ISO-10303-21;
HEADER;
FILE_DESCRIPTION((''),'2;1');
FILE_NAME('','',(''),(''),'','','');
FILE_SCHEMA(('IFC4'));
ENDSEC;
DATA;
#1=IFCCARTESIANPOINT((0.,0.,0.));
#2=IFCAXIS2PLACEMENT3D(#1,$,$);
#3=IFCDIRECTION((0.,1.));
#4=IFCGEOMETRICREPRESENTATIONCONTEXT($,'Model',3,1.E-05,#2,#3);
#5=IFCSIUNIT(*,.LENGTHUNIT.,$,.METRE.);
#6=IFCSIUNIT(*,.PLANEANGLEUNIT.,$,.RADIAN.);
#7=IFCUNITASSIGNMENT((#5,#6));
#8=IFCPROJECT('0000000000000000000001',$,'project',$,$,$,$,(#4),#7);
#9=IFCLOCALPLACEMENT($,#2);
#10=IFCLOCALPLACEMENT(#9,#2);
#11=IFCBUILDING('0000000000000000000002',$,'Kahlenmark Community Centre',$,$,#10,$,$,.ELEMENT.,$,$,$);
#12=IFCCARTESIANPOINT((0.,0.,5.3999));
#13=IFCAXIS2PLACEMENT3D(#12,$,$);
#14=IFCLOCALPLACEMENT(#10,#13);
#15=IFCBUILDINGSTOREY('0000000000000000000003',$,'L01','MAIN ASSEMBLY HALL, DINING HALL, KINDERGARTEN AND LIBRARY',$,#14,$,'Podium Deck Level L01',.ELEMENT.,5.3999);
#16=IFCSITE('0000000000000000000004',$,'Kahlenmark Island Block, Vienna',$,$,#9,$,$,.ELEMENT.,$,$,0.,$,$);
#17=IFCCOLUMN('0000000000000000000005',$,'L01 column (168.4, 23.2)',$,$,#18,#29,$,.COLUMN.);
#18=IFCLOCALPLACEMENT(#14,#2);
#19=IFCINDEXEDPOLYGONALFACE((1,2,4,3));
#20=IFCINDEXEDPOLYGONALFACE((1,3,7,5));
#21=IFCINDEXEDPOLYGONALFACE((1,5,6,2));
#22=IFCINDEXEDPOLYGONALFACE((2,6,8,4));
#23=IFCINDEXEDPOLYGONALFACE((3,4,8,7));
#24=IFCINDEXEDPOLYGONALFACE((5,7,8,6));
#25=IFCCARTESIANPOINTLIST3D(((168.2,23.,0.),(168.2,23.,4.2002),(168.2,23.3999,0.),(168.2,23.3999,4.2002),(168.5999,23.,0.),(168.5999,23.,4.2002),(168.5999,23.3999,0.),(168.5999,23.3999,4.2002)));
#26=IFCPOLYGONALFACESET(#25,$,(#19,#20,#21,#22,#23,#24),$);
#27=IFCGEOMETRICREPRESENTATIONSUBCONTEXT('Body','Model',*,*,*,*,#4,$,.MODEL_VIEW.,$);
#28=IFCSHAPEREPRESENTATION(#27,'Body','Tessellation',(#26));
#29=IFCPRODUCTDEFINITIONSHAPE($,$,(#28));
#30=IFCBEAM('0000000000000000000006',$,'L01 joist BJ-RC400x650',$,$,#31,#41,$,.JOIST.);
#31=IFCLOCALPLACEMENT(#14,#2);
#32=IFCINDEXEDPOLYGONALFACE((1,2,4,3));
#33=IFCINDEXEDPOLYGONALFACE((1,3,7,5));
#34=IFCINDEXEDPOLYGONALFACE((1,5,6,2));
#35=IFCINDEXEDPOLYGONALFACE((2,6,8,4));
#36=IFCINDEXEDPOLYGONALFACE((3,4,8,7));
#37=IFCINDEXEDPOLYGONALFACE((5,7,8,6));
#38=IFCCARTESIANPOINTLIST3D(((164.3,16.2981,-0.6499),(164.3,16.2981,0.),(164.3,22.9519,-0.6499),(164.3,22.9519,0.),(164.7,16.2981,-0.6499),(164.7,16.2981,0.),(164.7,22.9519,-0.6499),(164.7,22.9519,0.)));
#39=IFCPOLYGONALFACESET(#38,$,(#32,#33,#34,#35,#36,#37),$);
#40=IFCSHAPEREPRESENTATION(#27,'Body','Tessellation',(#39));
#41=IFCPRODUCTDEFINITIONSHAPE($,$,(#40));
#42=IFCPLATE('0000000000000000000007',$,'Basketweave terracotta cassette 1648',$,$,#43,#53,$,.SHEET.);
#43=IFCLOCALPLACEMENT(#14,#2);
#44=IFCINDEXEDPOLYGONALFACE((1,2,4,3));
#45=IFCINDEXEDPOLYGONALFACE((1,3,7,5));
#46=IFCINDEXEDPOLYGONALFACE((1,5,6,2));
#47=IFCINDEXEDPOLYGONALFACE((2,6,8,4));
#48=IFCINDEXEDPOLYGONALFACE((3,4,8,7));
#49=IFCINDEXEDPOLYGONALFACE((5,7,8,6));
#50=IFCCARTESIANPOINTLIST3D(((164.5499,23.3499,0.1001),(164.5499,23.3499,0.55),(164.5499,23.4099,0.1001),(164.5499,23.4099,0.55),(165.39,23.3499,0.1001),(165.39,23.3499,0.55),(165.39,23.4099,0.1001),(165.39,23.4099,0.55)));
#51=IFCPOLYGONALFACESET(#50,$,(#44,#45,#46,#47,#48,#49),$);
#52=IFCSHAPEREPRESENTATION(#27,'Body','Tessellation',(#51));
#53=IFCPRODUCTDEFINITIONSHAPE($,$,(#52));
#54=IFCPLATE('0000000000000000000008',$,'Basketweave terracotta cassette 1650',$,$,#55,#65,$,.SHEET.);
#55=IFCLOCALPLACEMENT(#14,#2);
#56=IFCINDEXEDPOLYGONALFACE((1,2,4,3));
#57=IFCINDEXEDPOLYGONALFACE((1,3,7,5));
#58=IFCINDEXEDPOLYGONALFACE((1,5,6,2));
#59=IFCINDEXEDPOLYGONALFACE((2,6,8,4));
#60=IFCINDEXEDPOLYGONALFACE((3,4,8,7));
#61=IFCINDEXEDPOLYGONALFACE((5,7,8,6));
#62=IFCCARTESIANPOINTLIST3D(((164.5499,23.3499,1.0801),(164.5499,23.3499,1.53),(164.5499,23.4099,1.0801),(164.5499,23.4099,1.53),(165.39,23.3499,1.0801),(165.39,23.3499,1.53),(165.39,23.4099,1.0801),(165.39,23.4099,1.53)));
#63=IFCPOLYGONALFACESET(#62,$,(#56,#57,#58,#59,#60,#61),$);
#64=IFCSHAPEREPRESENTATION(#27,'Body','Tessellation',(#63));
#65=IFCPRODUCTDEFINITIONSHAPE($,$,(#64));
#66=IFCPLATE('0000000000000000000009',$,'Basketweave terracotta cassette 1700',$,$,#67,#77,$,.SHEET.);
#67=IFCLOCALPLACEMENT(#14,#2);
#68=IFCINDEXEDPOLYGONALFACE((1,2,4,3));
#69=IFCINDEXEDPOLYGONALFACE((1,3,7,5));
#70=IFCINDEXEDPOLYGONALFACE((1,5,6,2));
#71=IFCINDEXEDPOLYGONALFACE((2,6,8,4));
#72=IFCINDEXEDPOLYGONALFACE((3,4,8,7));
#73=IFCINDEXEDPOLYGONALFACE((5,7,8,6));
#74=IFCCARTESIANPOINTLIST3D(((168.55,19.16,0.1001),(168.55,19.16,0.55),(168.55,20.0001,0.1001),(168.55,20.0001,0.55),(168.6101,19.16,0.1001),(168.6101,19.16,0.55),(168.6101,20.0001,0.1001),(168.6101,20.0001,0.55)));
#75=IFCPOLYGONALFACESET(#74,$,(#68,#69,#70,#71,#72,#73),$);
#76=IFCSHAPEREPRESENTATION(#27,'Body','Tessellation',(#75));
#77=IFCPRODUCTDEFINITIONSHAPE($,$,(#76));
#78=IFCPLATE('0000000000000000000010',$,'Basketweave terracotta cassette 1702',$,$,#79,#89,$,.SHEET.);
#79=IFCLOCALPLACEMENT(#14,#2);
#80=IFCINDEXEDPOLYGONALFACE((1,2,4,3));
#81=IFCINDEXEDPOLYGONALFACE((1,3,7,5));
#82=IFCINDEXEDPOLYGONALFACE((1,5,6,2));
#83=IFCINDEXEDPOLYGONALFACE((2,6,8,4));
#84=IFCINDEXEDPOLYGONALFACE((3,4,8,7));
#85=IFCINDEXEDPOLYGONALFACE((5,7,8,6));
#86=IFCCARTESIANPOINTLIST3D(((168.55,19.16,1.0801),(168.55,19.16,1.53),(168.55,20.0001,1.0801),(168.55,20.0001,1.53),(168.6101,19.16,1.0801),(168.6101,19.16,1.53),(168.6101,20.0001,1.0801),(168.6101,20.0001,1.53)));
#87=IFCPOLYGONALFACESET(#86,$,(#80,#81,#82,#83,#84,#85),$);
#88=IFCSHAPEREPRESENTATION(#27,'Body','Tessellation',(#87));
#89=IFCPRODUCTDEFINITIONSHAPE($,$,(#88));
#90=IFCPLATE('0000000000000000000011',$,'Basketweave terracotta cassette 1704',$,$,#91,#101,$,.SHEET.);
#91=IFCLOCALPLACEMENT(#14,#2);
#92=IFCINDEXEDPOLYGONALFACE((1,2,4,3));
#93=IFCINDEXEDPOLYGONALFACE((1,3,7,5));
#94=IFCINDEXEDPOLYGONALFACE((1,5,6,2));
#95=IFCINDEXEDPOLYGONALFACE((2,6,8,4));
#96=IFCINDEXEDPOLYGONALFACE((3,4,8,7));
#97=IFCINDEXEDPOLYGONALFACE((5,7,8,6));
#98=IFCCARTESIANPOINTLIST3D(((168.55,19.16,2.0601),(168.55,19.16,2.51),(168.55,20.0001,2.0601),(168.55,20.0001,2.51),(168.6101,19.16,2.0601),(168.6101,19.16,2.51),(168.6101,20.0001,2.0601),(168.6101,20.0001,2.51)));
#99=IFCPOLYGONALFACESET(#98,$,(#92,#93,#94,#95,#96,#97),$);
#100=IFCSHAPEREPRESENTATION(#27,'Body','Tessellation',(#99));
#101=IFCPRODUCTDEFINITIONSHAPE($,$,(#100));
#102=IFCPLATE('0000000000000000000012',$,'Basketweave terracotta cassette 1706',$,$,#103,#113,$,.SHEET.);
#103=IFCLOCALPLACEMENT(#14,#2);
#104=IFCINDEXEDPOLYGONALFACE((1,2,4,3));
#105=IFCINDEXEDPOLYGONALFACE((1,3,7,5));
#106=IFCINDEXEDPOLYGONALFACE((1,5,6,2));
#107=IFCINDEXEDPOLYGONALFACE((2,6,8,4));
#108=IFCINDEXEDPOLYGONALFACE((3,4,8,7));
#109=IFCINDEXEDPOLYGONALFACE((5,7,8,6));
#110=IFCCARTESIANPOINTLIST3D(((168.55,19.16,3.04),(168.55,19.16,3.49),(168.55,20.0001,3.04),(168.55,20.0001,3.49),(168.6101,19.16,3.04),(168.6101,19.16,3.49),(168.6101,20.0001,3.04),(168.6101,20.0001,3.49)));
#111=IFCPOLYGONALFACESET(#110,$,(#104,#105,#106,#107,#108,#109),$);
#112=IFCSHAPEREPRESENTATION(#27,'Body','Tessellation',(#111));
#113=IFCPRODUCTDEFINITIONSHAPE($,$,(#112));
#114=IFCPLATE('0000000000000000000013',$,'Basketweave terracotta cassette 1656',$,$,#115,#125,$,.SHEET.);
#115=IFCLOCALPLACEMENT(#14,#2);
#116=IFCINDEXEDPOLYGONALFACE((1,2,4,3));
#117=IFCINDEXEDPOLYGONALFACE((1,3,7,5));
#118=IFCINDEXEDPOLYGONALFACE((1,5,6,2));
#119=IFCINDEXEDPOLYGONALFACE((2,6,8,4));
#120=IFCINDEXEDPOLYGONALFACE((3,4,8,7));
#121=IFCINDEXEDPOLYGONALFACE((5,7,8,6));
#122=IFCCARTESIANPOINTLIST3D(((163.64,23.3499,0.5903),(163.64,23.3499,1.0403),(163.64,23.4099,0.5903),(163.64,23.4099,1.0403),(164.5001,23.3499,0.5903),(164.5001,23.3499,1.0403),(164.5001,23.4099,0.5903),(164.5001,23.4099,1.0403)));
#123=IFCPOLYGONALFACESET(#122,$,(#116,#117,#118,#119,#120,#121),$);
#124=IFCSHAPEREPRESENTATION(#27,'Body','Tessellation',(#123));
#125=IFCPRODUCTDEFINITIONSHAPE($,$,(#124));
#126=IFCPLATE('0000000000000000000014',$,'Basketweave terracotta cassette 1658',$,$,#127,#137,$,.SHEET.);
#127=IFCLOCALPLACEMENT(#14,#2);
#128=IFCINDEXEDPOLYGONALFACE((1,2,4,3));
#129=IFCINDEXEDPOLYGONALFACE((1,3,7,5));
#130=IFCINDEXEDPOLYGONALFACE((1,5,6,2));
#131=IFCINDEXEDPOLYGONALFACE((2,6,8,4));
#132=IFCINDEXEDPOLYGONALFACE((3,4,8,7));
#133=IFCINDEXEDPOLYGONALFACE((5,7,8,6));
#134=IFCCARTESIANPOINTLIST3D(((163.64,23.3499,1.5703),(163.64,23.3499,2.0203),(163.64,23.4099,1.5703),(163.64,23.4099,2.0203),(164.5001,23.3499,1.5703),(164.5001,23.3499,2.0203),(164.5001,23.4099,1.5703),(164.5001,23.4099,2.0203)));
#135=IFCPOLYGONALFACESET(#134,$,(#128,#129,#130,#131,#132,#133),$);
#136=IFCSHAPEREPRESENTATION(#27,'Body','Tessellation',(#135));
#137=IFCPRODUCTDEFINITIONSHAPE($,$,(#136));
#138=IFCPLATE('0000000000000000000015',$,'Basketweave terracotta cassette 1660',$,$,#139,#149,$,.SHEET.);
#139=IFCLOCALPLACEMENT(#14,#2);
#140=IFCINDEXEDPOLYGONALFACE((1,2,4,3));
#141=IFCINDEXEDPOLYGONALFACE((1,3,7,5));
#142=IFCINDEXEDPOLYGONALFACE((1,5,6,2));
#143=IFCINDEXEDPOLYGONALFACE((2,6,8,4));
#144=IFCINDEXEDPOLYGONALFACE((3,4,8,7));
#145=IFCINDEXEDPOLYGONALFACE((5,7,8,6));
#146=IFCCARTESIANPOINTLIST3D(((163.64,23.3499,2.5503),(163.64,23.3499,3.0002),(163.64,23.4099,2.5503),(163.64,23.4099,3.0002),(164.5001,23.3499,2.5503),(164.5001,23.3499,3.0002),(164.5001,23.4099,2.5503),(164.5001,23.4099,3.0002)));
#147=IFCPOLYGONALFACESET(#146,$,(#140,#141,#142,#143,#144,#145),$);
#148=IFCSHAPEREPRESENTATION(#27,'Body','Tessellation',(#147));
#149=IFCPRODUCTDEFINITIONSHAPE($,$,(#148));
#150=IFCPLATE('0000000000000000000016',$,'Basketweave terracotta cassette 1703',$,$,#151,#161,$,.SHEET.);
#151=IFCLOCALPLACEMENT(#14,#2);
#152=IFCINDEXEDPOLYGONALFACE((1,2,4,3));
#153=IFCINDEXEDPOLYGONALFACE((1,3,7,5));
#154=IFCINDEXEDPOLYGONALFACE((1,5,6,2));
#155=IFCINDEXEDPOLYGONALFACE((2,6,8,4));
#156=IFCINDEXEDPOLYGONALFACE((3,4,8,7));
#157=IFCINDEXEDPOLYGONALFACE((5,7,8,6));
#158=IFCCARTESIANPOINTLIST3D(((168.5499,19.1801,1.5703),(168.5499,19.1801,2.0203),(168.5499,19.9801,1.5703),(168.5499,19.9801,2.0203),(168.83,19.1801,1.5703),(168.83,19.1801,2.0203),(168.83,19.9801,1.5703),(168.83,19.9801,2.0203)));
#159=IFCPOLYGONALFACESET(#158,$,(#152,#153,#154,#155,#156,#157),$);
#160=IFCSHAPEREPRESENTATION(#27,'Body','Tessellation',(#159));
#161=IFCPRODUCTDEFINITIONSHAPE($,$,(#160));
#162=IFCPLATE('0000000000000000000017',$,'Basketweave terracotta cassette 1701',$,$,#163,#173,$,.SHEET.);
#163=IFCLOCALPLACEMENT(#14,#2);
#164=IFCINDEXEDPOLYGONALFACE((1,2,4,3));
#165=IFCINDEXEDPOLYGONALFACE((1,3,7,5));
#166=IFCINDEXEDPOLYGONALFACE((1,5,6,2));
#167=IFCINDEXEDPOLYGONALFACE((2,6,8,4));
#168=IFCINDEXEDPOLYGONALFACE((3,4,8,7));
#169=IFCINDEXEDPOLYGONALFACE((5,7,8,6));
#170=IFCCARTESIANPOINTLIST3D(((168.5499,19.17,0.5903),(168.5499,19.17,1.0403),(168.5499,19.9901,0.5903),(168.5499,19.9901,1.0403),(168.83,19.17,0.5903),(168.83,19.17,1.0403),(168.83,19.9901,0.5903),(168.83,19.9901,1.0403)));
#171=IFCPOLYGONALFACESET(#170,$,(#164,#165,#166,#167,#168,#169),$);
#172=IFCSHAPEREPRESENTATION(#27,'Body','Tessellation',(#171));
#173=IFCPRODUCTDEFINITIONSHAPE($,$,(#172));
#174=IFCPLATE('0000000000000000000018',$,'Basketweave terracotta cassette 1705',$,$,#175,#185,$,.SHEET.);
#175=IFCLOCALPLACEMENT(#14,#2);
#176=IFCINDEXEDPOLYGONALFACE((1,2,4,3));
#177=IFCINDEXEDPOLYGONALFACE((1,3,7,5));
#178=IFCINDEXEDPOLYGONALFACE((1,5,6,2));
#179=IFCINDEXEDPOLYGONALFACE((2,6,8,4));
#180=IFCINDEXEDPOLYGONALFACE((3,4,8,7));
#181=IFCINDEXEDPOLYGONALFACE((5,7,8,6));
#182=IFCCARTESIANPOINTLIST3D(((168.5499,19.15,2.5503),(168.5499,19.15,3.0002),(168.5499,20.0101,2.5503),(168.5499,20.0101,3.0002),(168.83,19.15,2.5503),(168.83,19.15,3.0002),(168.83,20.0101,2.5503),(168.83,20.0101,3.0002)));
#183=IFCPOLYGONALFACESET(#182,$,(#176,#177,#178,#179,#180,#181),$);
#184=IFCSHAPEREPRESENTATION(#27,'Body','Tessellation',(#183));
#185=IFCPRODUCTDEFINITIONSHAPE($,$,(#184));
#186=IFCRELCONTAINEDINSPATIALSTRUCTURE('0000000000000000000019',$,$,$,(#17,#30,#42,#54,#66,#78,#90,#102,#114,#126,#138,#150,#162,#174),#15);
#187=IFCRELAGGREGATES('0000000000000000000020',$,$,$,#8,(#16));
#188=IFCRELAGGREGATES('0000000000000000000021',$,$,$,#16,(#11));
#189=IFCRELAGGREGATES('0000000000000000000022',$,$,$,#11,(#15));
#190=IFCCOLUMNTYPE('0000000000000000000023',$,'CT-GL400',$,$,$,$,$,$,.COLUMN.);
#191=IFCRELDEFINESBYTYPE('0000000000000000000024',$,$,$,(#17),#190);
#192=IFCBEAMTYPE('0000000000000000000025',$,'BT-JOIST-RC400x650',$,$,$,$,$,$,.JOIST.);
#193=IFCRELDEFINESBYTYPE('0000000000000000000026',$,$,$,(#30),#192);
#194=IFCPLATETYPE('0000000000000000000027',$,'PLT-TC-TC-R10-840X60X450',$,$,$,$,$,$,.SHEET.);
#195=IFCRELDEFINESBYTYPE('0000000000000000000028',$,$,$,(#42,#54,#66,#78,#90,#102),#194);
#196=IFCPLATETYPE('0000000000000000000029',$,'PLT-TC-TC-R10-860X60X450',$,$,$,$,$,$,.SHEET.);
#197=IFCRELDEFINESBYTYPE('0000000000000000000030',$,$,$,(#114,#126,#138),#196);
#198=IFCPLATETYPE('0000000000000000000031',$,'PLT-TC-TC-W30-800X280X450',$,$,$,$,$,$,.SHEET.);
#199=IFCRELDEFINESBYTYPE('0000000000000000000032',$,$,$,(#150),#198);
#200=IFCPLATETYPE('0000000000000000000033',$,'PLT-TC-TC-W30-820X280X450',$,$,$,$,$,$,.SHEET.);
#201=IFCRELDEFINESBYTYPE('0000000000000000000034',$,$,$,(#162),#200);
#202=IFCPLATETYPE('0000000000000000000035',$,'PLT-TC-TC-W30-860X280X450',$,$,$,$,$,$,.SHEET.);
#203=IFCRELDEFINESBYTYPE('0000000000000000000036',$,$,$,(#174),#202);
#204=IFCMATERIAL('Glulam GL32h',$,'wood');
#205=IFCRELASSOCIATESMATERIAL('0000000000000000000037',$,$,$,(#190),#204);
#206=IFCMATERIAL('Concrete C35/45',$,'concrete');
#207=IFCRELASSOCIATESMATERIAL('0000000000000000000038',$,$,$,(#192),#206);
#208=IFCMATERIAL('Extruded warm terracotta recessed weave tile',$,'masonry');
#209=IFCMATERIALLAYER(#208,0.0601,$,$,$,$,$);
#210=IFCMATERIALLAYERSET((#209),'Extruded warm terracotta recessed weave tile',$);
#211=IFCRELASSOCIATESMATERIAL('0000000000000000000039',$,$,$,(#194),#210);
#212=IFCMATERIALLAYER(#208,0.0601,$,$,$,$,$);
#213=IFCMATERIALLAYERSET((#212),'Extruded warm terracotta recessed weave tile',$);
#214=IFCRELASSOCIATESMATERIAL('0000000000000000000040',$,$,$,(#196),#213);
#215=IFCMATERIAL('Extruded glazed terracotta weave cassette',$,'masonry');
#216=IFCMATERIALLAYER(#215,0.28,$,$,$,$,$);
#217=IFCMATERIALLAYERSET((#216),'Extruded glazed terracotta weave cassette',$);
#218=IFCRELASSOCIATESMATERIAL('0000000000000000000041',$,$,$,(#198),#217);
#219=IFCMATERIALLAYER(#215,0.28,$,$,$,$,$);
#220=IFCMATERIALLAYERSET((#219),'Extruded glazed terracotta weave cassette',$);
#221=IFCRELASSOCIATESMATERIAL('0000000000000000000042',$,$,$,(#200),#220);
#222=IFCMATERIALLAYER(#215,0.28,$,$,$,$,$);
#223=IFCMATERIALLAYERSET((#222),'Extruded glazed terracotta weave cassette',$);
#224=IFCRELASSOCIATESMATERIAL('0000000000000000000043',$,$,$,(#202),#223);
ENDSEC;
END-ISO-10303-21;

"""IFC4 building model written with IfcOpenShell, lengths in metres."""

from ifc_helpers import new_model, si_unit, direction, frame, origin, origin_2d, place, context, subcontext, project, spatial, rectangle, extrude, material, layer, layer_set, material_profile, profile_set, type_object, element, save


model = new_model("IFC4")

# Units and contexts
model_context = context("Model", 3, precision=1e-05, world=origin(), true_north=direction((0.0, 1.0)))
body_context = subcontext(model_context, "Body", "Model", "MODEL_VIEW")
ifc_project = project(units=[si_unit("LENGTHUNIT", "METRE"), si_unit("PLANEANGLEUNIT", "RADIAN")], contexts=[model_context])

# Site, building, storey
site_placement = place(None, origin())
site = spatial("IfcSite", under=ifc_project, at=site_placement, Name="Kahlenmark Island Block, Vienna", CompositionType="ELEMENT", RefElevation=0.0)
building_placement = place(site_placement, origin())
building = spatial("IfcBuilding", under=site, at=building_placement, Name="Kahlenmark Community Centre", CompositionType="ELEMENT")
storey_placement = place(building_placement, frame((0.0, 0.0, 5.3999)))
storey = spatial("IfcBuildingStorey", under=building, at=storey_placement, Name="L01", Description="MAIN ASSEMBLY HALL, DINING HALL, KINDERGARTEN AND LIBRARY", LongName="Podium Deck Level L01", CompositionType="ELEMENT", Elevation=5.3999)

# Column
ifc_material_1 = material(Name="Glulam GL32h", Category="wood")
ifc_material_profile_1 = material_profile(ifc_material_1, rectangle(XDim=0.3999, YDim=0.3999, at=origin_2d()), Name="GL32h 400x400")
ifc_profile_set_1 = profile_set([ifc_material_profile_1], Name="Glulam GL32h")
column_type = type_object("IfcColumnType", Name="CT-GL400", PredefinedType="COLUMN", material=ifc_profile_set_1)
column_placement = place(storey_placement, frame((168.3999, 23.2, 0.0), z_axis=(0.0, 0.0, 1.0), x_axis=(1.0, 0.0, 0.0)))
element("IfcColumn", 1, at=column_placement, inside=storey, type_object=column_type, Name="L01 column (168.4, 23.2)", PredefinedType="COLUMN", context=body_context, shape_type="SweptSolid", body=[
    extrude(rectangle(XDim=0.3999, YDim=0.3999, at=origin_2d()), origin(), (0.0, 0.0, 1.0), 4.2002),
])

# Beam
ifc_material_2 = material(Name="Concrete C35/45", Category="concrete")
ifc_material_profile_2 = material_profile(ifc_material_2, rectangle(XDim=0.3999, YDim=0.6499, at=origin_2d()), Name="RC 400x650")
ifc_profile_set_2 = profile_set([ifc_material_profile_2], Name="Concrete C35/45")
beam_type = type_object("IfcBeamType", Name="BT-JOIST-RC400x650", PredefinedType="JOIST", material=ifc_profile_set_2)
beam_placement = place(storey_placement, frame((164.5, 16.2981, -0.325), z_axis=(0.0, 1.0, 0.0), x_axis=(-1.0, 0.0, 0.0)))
element("IfcBeam", 2, at=beam_placement, inside=storey, type_object=beam_type, Name="L01 joist BJ-RC400x650", PredefinedType="JOIST", context=body_context, shape_type="SweptSolid", body=[
    extrude(rectangle(XDim=0.3999, YDim=0.6499, at=origin_2d()), origin(), (0.0, 0.0, 1.0), 6.6538),
])

# Plates
ifc_material_3 = material(Name="Extruded warm terracotta recessed weave tile", Category="masonry")
ifc_layer_1 = layer(ifc_material_3, 0.0601)
ifc_layer_set_1 = layer_set([ifc_layer_1], Name="Extruded warm terracotta recessed weave tile")
plate_type_1 = type_object("IfcPlateType", Name="PLT-TC-TC-R10-840X60X450", PredefinedType="SHEET", material=ifc_layer_set_1)
for number, where, z_axis, x_axis, name in (
    (3, (164.97, 23.3799, 0.1001), (0.0, 0.0, 1.0), (-1.0, 0.0, 0.0), "Basketweave terracotta cassette 1648"),
    (4, (164.97, 23.3799, 1.0801), (0.0, 0.0, 1.0), (-1.0, 0.0, 0.0), "Basketweave terracotta cassette 1650"),
    (5, (168.5801, 19.5801, 0.1001), (0.0, 0.0, 1.0), (0.0, 1.0, 0.0), "Basketweave terracotta cassette 1700"),
    (6, (168.5801, 19.5801, 1.0801), (0.0, 0.0, 1.0), (0.0, 1.0, 0.0), "Basketweave terracotta cassette 1702"),
    (7, (168.5801, 19.5801, 2.0601), (0.0, 0.0, 1.0), (0.0, 1.0, 0.0), "Basketweave terracotta cassette 1704"),
    (8, (168.5801, 19.5801, 3.04), (0.0, 0.0, 1.0), (0.0, 1.0, 0.0), "Basketweave terracotta cassette 1706"),
):
    element("IfcPlate", number, at=place(storey_placement, frame(where, z_axis=z_axis, x_axis=x_axis)), inside=storey, type_object=plate_type_1, Name=name, PredefinedType="SHEET", context=body_context, shape_type="SweptSolid", body=[
        extrude(rectangle(XDim=0.8401, YDim=0.0601, at=origin_2d()), origin(), (0.0, 0.0, 1.0), 0.45),
    ])
ifc_layer_2 = layer(ifc_material_3, 0.0601)
ifc_layer_set_2 = layer_set([ifc_layer_2], Name="Extruded warm terracotta recessed weave tile")
plate_type_2 = type_object("IfcPlateType", Name="PLT-TC-TC-R10-860X60X450", PredefinedType="SHEET", material=ifc_layer_set_2)
for number, where, z_axis, x_axis, name in (
    (9, (164.0701, 23.3799, 0.5903), (0.0, 0.0, 1.0), (-1.0, 0.0, 0.0), "Basketweave terracotta cassette 1656"),
    (10, (164.0701, 23.3799, 1.5703), (0.0, 0.0, 1.0), (-1.0, 0.0, 0.0), "Basketweave terracotta cassette 1658"),
    (11, (164.0701, 23.3799, 2.5503), (0.0, 0.0, 1.0), (-1.0, 0.0, 0.0), "Basketweave terracotta cassette 1660"),
):
    element("IfcPlate", number, at=place(storey_placement, frame(where, z_axis=z_axis, x_axis=x_axis)), inside=storey, type_object=plate_type_2, Name=name, PredefinedType="SHEET", context=body_context, shape_type="SweptSolid", body=[
        extrude(rectangle(XDim=0.8601, YDim=0.0601, at=origin_2d()), origin(), (0.0, 0.0, 1.0), 0.45),
    ])
ifc_material_4 = material(Name="Extruded glazed terracotta weave cassette", Category="masonry")
ifc_layer_3 = layer(ifc_material_4, 0.28)
ifc_layer_set_3 = layer_set([ifc_layer_3], Name="Extruded glazed terracotta weave cassette")
plate_type_3 = type_object("IfcPlateType", Name="PLT-TC-TC-W30-800X280X450", PredefinedType="SHEET", material=ifc_layer_set_3)
plate_1_placement = place(storey_placement, frame((168.6899, 19.5801, 1.5703), z_axis=(0.0, 0.0, 1.0), x_axis=(0.0, 1.0, 0.0)))
element("IfcPlate", 12, at=plate_1_placement, inside=storey, type_object=plate_type_3, Name="Basketweave terracotta cassette 1703", PredefinedType="SHEET", context=body_context, shape_type="SweptSolid", body=[
    extrude(rectangle(XDim=0.8, YDim=0.28, at=origin_2d()), origin(), (0.0, 0.0, 1.0), 0.45),
])
ifc_layer_4 = layer(ifc_material_4, 0.28)
ifc_layer_set_4 = layer_set([ifc_layer_4], Name="Extruded glazed terracotta weave cassette")
plate_type_4 = type_object("IfcPlateType", Name="PLT-TC-TC-W30-820X280X450", PredefinedType="SHEET", material=ifc_layer_set_4)
plate_2_placement = place(storey_placement, frame((168.6899, 19.5801, 0.5903), z_axis=(0.0, 0.0, 1.0), x_axis=(0.0, 1.0, 0.0)))
element("IfcPlate", 13, at=plate_2_placement, inside=storey, type_object=plate_type_4, Name="Basketweave terracotta cassette 1701", PredefinedType="SHEET", context=body_context, shape_type="SweptSolid", body=[
    extrude(rectangle(XDim=0.8201, YDim=0.28, at=origin_2d()), origin(), (0.0, 0.0, 1.0), 0.45),
])
ifc_layer_5 = layer(ifc_material_4, 0.28)
ifc_layer_set_5 = layer_set([ifc_layer_5], Name="Extruded glazed terracotta weave cassette")
plate_type_5 = type_object("IfcPlateType", Name="PLT-TC-TC-W30-860X280X450", PredefinedType="SHEET", material=ifc_layer_set_5)
plate_3_placement = place(storey_placement, frame((168.6899, 19.5801, 2.5503), z_axis=(0.0, 0.0, 1.0), x_axis=(0.0, 1.0, 0.0)))
element("IfcPlate", 14, at=plate_3_placement, inside=storey, type_object=plate_type_5, Name="Basketweave terracotta cassette 1705", PredefinedType="SHEET", context=body_context, shape_type="SweptSolid", body=[
    extrude(rectangle(XDim=0.8601, YDim=0.28, at=origin_2d()), origin(), (0.0, 0.0, 1.0), 0.45),
])

save(model, "model.ifc")
